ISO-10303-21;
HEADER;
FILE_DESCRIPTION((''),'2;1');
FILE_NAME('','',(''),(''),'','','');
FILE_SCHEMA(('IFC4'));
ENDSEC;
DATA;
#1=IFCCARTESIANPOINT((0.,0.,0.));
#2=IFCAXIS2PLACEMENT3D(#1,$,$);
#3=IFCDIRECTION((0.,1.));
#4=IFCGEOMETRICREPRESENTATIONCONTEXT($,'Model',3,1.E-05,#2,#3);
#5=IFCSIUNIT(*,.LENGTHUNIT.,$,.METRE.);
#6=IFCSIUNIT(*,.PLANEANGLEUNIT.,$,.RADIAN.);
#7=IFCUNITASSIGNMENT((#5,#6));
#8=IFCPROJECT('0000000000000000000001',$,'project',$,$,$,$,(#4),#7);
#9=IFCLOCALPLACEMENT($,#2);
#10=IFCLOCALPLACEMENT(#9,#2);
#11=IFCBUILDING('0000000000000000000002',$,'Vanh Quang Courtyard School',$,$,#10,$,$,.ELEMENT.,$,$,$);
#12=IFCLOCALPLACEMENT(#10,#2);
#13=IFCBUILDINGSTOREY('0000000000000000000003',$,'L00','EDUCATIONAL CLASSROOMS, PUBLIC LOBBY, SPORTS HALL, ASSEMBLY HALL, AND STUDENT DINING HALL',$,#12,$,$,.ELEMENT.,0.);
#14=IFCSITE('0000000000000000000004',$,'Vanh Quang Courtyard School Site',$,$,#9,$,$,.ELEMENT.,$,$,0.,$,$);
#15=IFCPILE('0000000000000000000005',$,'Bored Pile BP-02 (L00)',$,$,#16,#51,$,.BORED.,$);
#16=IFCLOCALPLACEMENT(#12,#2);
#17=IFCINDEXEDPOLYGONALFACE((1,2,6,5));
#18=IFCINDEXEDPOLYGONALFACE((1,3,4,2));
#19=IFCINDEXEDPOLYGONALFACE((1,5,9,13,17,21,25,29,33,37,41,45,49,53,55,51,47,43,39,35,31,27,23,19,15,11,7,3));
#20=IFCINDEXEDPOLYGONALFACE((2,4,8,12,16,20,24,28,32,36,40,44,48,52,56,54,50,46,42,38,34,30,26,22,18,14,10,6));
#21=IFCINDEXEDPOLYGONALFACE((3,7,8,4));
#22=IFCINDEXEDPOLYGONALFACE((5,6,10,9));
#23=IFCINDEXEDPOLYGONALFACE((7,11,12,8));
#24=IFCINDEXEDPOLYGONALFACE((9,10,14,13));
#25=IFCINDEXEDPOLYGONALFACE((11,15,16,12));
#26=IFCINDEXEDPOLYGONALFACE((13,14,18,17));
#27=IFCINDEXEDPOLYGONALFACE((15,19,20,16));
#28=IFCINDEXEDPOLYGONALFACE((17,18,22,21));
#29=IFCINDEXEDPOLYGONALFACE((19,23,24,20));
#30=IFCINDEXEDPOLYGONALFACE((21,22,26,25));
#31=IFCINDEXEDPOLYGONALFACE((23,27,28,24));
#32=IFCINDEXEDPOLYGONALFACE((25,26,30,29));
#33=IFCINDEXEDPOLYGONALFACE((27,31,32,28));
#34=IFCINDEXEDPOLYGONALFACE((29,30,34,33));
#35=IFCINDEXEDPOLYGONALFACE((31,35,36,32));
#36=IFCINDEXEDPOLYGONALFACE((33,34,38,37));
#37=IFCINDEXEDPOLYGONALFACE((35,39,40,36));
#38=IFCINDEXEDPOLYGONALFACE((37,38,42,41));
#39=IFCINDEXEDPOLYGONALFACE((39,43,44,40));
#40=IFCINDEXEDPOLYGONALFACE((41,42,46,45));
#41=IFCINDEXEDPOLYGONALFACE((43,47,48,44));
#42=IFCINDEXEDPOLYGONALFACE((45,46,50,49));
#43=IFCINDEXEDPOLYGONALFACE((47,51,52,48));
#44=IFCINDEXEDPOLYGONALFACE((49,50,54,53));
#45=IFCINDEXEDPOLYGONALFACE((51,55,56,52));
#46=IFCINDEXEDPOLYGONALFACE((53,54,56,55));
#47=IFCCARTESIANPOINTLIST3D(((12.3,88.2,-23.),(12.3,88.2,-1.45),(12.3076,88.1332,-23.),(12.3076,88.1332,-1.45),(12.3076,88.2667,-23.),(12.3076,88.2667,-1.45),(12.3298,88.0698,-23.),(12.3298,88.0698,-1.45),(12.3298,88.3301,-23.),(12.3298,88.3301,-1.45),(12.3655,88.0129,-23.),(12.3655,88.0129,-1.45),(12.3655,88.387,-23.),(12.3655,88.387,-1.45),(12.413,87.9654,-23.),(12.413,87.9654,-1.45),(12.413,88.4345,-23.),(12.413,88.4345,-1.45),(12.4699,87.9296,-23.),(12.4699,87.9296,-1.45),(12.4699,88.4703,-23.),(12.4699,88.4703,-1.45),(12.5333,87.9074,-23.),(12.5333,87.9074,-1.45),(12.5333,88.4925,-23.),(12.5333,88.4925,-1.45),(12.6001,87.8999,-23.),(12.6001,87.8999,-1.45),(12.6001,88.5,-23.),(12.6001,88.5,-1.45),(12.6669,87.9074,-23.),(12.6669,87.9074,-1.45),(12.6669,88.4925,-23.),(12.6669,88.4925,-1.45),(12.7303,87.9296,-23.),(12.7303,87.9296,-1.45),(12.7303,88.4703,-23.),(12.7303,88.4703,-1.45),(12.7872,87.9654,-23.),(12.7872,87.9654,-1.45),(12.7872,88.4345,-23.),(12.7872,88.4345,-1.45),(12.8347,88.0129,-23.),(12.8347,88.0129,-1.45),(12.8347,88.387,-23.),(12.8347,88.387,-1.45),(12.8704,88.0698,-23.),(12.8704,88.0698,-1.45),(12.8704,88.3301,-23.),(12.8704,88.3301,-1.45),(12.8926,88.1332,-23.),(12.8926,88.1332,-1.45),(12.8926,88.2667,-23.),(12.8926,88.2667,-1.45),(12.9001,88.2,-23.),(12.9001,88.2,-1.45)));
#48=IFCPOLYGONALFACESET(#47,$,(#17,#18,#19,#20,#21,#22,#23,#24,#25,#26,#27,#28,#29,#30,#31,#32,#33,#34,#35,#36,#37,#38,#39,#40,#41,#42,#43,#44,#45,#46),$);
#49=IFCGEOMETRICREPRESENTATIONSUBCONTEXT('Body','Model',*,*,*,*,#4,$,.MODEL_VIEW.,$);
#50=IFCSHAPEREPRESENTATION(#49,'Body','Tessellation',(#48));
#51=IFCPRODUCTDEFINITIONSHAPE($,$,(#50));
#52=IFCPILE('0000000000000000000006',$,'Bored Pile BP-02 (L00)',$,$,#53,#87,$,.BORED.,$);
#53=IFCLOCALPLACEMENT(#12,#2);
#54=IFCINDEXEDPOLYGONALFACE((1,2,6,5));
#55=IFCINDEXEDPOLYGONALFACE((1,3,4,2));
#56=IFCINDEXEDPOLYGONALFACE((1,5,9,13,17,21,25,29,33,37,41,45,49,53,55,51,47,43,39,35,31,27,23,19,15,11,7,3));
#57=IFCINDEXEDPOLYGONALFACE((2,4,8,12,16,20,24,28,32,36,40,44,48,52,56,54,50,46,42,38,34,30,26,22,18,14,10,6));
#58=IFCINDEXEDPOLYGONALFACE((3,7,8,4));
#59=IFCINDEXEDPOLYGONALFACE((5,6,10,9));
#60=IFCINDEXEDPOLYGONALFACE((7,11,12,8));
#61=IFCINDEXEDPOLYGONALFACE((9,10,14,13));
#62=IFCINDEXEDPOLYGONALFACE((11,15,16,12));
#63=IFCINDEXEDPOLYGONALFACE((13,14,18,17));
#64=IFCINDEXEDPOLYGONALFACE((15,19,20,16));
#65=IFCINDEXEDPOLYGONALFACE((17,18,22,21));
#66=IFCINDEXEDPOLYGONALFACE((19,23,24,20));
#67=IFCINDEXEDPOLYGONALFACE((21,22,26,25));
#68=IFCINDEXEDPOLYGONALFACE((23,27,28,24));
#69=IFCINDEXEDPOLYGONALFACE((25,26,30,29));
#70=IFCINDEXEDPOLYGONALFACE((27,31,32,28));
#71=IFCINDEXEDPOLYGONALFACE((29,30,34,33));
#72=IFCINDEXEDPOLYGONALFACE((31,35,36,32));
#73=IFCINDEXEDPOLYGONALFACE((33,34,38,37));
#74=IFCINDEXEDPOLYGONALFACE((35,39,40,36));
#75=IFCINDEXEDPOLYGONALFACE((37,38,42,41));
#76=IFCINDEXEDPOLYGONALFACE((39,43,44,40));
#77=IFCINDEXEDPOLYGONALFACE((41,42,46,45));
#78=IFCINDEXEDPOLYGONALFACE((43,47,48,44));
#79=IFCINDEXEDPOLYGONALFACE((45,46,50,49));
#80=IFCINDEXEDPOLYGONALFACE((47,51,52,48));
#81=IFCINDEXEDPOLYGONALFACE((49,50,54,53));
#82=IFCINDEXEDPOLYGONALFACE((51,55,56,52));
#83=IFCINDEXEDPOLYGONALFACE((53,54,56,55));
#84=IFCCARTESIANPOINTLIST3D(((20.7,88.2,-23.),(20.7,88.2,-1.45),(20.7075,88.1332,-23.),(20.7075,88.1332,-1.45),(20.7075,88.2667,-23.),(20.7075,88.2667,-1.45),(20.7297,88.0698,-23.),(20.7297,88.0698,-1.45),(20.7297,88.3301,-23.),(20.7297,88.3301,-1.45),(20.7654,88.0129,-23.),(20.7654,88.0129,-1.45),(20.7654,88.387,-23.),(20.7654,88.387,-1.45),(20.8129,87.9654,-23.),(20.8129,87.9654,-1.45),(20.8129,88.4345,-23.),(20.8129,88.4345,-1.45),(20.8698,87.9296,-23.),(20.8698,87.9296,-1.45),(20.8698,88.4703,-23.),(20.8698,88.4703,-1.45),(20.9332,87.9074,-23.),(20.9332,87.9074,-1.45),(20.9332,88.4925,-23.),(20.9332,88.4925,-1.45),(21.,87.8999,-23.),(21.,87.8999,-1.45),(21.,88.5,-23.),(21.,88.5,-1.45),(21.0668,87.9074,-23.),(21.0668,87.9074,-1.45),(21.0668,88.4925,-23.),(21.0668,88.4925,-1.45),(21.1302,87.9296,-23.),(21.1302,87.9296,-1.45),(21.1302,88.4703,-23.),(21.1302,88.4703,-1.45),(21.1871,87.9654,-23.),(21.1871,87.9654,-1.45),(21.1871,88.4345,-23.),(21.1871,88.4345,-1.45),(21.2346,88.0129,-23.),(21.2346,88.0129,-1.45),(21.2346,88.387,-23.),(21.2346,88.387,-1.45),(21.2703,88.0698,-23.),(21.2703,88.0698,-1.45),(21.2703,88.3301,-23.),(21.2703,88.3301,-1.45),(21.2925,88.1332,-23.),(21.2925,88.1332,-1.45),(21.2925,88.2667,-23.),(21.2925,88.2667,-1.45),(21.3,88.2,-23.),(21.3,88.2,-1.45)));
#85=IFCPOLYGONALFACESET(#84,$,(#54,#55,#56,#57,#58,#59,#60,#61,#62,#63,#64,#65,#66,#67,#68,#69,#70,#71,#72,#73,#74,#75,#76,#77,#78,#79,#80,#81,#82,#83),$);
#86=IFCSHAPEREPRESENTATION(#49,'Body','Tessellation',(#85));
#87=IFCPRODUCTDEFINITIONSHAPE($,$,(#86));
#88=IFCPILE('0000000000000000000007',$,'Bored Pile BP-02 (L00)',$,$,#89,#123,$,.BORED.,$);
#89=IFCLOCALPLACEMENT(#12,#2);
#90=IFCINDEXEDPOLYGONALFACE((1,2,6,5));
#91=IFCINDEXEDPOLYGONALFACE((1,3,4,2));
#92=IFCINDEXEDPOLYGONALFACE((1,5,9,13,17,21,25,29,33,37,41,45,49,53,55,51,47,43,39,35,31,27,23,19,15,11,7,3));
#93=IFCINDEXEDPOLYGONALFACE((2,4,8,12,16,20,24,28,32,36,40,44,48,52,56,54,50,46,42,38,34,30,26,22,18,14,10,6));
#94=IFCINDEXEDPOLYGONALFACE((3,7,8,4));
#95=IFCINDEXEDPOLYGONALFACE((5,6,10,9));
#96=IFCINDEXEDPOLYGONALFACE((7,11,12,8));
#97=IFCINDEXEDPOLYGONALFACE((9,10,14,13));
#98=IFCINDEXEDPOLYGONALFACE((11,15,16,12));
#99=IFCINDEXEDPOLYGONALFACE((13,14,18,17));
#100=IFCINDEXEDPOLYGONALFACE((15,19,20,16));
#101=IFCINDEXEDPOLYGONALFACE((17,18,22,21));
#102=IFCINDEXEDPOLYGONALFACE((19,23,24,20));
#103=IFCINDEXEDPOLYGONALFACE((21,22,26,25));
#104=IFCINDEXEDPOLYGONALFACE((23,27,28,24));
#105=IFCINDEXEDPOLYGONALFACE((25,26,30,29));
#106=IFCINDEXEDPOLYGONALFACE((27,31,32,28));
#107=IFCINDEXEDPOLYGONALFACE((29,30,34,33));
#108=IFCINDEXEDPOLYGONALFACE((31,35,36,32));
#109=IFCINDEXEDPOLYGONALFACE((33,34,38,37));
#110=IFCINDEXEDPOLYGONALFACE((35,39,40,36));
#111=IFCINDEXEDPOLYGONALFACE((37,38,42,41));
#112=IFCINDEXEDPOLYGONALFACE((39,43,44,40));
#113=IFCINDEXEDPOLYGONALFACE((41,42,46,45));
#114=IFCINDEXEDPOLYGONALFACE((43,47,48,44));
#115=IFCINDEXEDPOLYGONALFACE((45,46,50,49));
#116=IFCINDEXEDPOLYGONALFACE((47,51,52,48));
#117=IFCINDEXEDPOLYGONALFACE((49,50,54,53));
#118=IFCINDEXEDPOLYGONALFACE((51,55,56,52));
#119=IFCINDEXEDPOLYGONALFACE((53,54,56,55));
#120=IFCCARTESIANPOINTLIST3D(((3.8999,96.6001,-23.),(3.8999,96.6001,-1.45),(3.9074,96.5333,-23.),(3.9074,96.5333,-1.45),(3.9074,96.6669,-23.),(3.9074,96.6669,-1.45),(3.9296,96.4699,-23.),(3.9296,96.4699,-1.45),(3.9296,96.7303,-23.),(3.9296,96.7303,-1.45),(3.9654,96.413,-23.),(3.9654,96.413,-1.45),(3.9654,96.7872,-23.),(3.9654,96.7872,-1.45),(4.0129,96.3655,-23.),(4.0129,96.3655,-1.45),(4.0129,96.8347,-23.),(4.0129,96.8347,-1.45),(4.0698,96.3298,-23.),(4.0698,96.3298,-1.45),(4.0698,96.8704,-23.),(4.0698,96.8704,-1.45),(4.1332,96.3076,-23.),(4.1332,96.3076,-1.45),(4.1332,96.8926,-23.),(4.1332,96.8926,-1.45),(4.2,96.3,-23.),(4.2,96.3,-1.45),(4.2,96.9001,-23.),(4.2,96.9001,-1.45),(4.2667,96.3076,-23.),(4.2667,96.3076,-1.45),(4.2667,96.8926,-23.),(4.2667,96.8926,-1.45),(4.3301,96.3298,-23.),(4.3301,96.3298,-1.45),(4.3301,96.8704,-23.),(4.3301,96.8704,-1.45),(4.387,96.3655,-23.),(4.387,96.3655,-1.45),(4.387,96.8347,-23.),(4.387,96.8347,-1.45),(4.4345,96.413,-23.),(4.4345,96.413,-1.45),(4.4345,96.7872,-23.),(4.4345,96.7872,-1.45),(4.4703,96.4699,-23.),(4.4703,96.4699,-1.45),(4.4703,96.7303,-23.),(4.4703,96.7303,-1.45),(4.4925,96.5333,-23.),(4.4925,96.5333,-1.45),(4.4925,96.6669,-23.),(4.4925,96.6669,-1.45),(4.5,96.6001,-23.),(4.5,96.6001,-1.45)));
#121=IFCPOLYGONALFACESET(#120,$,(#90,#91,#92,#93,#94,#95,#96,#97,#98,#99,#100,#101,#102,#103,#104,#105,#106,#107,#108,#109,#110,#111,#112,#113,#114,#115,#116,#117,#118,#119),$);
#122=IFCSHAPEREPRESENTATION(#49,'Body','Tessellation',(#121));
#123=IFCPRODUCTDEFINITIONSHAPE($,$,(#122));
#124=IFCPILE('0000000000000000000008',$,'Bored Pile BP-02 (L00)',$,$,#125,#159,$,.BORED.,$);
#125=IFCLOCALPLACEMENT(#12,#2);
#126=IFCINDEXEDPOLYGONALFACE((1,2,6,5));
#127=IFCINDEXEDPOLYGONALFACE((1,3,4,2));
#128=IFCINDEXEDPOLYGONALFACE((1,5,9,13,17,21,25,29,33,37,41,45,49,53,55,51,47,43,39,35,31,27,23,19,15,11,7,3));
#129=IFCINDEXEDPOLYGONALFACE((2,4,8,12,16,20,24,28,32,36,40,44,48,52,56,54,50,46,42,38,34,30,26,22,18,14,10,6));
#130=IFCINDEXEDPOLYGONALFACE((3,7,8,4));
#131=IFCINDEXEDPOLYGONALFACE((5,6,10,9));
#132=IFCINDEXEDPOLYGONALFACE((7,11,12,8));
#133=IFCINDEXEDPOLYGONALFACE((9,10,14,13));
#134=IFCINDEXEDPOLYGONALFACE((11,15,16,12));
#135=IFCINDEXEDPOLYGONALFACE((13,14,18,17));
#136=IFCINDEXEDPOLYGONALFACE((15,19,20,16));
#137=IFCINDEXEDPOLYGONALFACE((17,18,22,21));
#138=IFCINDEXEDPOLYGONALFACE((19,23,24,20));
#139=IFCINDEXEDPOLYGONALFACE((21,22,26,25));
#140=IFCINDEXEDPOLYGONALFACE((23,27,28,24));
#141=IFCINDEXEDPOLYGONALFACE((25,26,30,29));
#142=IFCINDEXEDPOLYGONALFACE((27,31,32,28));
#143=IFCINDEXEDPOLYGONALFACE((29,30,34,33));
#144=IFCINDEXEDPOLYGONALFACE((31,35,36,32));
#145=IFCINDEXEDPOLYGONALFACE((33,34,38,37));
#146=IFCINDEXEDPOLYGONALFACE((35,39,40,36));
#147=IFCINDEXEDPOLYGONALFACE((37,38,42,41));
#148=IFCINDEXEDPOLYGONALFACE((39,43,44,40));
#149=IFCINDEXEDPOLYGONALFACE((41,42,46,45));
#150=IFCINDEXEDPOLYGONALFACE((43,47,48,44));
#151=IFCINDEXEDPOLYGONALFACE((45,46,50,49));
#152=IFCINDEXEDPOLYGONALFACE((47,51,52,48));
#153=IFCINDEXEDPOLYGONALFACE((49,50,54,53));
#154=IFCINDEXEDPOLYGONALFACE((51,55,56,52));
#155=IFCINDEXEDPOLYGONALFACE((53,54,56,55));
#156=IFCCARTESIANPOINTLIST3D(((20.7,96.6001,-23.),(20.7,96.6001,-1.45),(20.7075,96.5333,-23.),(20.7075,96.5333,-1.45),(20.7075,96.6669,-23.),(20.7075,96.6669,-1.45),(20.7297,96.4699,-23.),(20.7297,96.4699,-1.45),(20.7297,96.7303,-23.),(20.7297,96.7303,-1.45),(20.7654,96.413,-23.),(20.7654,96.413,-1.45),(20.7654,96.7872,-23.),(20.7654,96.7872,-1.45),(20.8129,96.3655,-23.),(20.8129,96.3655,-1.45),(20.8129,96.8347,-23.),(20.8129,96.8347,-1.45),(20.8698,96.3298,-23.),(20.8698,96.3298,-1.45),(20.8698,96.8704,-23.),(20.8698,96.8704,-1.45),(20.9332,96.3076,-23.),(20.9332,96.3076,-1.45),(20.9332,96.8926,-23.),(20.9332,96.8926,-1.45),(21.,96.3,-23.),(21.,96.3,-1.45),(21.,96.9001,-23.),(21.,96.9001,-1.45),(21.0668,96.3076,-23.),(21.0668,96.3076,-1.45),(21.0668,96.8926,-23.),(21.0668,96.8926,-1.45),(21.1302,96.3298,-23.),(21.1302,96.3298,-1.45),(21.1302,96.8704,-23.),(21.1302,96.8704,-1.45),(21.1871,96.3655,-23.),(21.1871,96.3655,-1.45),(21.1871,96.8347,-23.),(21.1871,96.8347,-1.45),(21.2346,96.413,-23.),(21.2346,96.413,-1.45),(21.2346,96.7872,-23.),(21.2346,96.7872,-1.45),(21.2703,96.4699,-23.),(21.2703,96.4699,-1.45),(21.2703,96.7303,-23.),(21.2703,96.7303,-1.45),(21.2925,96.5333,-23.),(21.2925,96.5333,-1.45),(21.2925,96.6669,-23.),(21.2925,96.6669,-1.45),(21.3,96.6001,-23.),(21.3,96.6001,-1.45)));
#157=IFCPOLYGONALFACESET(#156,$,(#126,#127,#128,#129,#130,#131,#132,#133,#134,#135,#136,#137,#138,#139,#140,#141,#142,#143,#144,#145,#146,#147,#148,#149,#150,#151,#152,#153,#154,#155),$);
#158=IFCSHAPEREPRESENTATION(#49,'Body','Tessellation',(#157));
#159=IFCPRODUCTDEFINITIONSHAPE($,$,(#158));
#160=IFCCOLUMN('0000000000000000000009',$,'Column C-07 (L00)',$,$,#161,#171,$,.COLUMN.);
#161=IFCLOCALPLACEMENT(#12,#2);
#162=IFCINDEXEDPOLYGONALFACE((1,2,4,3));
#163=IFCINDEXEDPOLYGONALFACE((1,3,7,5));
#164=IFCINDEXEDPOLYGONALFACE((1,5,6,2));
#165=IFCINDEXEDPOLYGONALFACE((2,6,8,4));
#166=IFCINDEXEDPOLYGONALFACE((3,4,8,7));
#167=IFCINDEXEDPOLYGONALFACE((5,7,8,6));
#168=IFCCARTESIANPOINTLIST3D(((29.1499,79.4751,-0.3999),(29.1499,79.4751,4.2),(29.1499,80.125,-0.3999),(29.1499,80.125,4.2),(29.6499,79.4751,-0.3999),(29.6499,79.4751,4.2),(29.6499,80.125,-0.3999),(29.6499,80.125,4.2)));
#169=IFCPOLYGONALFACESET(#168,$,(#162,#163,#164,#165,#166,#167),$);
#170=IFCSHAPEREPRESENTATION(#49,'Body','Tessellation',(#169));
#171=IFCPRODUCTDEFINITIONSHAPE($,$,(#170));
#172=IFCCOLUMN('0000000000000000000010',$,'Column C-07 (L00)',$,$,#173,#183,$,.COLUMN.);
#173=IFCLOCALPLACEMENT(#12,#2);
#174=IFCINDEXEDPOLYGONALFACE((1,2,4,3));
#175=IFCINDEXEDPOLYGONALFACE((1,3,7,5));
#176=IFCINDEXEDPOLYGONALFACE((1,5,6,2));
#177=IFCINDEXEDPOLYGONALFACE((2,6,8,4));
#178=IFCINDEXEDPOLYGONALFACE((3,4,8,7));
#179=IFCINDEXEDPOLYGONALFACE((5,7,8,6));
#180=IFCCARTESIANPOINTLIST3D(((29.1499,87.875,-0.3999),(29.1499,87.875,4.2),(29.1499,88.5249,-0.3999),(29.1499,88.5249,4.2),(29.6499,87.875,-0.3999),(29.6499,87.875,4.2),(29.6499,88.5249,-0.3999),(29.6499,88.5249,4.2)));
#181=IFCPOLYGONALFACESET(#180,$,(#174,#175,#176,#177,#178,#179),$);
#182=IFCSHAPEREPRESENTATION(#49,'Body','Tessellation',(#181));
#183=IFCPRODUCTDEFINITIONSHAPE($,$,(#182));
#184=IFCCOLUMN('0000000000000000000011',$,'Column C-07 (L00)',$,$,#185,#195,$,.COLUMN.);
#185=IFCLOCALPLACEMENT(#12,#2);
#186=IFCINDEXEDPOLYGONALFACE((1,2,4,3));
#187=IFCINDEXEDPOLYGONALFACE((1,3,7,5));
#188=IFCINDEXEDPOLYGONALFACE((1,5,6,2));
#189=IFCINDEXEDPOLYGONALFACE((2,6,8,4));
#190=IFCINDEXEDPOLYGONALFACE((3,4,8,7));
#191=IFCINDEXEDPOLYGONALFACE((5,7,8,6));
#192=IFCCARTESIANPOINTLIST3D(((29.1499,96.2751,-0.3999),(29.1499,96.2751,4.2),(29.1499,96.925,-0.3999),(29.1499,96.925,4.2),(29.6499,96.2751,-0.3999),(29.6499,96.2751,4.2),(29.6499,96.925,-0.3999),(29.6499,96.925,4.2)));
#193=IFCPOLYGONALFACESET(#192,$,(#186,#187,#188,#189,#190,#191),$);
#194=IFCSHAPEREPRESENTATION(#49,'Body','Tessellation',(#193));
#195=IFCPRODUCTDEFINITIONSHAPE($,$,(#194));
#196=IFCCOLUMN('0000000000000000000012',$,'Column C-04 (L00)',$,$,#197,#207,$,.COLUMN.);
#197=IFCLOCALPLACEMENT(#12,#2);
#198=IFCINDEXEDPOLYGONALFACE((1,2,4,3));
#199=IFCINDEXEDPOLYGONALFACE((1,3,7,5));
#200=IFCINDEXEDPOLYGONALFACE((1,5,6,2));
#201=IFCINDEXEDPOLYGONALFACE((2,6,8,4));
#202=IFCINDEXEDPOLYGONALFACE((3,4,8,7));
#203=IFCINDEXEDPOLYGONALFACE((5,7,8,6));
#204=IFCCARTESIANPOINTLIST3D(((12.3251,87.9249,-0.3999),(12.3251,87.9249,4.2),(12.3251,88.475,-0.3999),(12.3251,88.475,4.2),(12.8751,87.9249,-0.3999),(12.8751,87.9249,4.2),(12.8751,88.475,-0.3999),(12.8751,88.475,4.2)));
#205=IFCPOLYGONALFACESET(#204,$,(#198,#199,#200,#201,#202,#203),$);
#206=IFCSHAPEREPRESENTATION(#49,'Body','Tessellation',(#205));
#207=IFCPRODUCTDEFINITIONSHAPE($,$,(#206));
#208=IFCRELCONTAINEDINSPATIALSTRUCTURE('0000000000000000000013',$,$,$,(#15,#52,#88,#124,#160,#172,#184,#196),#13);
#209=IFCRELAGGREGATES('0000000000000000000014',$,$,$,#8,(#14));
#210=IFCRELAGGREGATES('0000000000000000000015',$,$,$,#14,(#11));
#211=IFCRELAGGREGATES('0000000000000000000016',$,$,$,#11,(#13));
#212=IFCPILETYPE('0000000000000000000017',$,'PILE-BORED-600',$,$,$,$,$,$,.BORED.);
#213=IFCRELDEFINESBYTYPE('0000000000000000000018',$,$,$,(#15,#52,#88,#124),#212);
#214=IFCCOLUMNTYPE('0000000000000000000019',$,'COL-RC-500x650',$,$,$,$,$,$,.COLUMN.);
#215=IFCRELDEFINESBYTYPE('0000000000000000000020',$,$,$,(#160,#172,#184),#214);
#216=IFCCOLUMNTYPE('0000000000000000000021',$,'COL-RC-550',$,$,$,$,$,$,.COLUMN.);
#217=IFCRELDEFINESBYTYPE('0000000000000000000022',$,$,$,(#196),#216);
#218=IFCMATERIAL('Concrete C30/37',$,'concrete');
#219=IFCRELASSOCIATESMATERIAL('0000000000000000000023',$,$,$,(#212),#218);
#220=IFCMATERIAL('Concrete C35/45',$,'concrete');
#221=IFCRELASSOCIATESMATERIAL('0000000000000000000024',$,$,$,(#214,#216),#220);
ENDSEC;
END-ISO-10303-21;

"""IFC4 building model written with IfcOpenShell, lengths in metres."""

from ifc_helpers import new_model, si_unit, direction, frame, origin, origin_2d, place, context, subcontext, project, spatial, rectangle, circle, extrude, material, material_profile, profile_set, type_object, element, save


model = new_model("IFC4")

# Units and contexts
model_context = context("Model", 3, precision=1e-05, world=origin(), true_north=direction((0.0, 1.0)))
body_context = subcontext(model_context, "Body", "Model", "MODEL_VIEW")
ifc_project = project(units=[si_unit("LENGTHUNIT", "METRE"), si_unit("PLANEANGLEUNIT", "RADIAN")], contexts=[model_context])

# Site, building, storey
site_placement = place(None, origin())
site = spatial("IfcSite", under=ifc_project, at=site_placement, Name="Vanh Quang Courtyard School Site", CompositionType="ELEMENT", RefElevation=0.0)
building_placement = place(site_placement, origin())
building = spatial("IfcBuilding", under=site, at=building_placement, Name="Vanh Quang Courtyard School", CompositionType="ELEMENT")
storey_placement = place(building_placement, origin())
storey = spatial("IfcBuildingStorey", under=building, at=storey_placement, Name="L00", Description="EDUCATIONAL CLASSROOMS, PUBLIC LOBBY, SPORTS HALL, ASSEMBLY HALL, AND STUDENT DINING HALL", CompositionType="ELEMENT", Elevation=0.0)

# Shared definitions
ifc_material_1 = material(Name="Concrete C35/45", Category="concrete")

# Piles
ifc_material_2 = material(Name="Concrete C30/37", Category="concrete")
ifc_material_profile_1 = material_profile(ifc_material_2, circle(Radius=0.3, at=origin_2d()), Name="PILE D600")
ifc_profile_set_1 = profile_set([ifc_material_profile_1], Name="Concrete C30/37")
pile_type_1 = type_object("IfcPileType", Name="PILE-BORED-600", PredefinedType="BORED", material=ifc_profile_set_1)
for number, where, z_axis, x_axis, name in (
    (1, (12.6001, 88.2, -1.45), (0.0, 0.0, -1.0), (1.0, 0.0, 0.0), "Bored Pile BP-02 (L00)"),
    (2, (21.0, 88.2, -1.45), (0.0, 0.0, -1.0), (1.0, 0.0, 0.0), "Bored Pile BP-02 (L00)"),
    (3, (4.2, 96.6001, -1.45), (0.0, 0.0, -1.0), (1.0, 0.0, 0.0), "Bored Pile BP-02 (L00)"),
    (4, (21.0, 96.6001, -1.45), (0.0, 0.0, -1.0), (1.0, 0.0, 0.0), "Bored Pile BP-02 (L00)"),
):
    element("IfcPile", number, at=place(storey_placement, frame(where, z_axis=z_axis, x_axis=x_axis)), inside=storey, type_object=pile_type_1, Name=name, PredefinedType="BORED", context=body_context, shape_type="SweptSolid", body=[
        extrude(circle(Radius=0.3, at=origin_2d()), origin(), (0.0, 0.0, 1.0), 21.55),
    ])

# Columns
ifc_material_profile_2 = material_profile(ifc_material_1, rectangle(XDim=0.5, YDim=0.6499, at=origin_2d()), Name="RC-COL 500x650")
ifc_profile_set_2 = profile_set([ifc_material_profile_2], Name="Concrete C35/45")
column_type_1 = type_object("IfcColumnType", Name="COL-RC-500x650", PredefinedType="COLUMN", material=ifc_profile_set_2)
for number, where, z_axis, x_axis, name in (
    (5, (29.3999, 79.8, -0.3999), (0.0, 0.0, 1.0), (1.0, 0.0, 0.0), "Column C-07 (L00)"),
    (6, (29.3999, 88.2, -0.3999), (0.0, 0.0, 1.0), (1.0, 0.0, 0.0), "Column C-07 (L00)"),
    (7, (29.3999, 96.6001, -0.3999), (0.0, 0.0, 1.0), (1.0, 0.0, 0.0), "Column C-07 (L00)"),
):
    element("IfcColumn", number, at=place(storey_placement, frame(where, z_axis=z_axis, x_axis=x_axis)), inside=storey, type_object=column_type_1, Name=name, PredefinedType="COLUMN", context=body_context, shape_type="SweptSolid", body=[
        extrude(rectangle(XDim=0.5, YDim=0.6499, at=origin_2d()), origin(), (0.0, 0.0, 1.0), 4.5999),
    ])
ifc_material_profile_3 = material_profile(ifc_material_1, rectangle(XDim=0.55, YDim=0.55, at=origin_2d()), Name="RC-COL 550x550")
ifc_profile_set_3 = profile_set([ifc_material_profile_3], Name="Concrete C35/45")
column_type_2 = type_object("IfcColumnType", Name="COL-RC-550", PredefinedType="COLUMN", material=ifc_profile_set_3)
for number, where, z_axis, x_axis, name in (
    (8, (12.6001, 88.2, -0.3999), (0.0, 0.0, 1.0), (1.0, 0.0, 0.0), "Column C-04 (L00)"),
):
    element("IfcColumn", number, at=place(storey_placement, frame(where, z_axis=z_axis, x_axis=x_axis)), inside=storey, type_object=column_type_2, Name=name, PredefinedType="COLUMN", context=body_context, shape_type="SweptSolid", body=[
        extrude(rectangle(XDim=0.55, YDim=0.55, at=origin_2d()), origin(), (0.0, 0.0, 1.0), 4.5999),
    ])

save(model, "model.ifc")
